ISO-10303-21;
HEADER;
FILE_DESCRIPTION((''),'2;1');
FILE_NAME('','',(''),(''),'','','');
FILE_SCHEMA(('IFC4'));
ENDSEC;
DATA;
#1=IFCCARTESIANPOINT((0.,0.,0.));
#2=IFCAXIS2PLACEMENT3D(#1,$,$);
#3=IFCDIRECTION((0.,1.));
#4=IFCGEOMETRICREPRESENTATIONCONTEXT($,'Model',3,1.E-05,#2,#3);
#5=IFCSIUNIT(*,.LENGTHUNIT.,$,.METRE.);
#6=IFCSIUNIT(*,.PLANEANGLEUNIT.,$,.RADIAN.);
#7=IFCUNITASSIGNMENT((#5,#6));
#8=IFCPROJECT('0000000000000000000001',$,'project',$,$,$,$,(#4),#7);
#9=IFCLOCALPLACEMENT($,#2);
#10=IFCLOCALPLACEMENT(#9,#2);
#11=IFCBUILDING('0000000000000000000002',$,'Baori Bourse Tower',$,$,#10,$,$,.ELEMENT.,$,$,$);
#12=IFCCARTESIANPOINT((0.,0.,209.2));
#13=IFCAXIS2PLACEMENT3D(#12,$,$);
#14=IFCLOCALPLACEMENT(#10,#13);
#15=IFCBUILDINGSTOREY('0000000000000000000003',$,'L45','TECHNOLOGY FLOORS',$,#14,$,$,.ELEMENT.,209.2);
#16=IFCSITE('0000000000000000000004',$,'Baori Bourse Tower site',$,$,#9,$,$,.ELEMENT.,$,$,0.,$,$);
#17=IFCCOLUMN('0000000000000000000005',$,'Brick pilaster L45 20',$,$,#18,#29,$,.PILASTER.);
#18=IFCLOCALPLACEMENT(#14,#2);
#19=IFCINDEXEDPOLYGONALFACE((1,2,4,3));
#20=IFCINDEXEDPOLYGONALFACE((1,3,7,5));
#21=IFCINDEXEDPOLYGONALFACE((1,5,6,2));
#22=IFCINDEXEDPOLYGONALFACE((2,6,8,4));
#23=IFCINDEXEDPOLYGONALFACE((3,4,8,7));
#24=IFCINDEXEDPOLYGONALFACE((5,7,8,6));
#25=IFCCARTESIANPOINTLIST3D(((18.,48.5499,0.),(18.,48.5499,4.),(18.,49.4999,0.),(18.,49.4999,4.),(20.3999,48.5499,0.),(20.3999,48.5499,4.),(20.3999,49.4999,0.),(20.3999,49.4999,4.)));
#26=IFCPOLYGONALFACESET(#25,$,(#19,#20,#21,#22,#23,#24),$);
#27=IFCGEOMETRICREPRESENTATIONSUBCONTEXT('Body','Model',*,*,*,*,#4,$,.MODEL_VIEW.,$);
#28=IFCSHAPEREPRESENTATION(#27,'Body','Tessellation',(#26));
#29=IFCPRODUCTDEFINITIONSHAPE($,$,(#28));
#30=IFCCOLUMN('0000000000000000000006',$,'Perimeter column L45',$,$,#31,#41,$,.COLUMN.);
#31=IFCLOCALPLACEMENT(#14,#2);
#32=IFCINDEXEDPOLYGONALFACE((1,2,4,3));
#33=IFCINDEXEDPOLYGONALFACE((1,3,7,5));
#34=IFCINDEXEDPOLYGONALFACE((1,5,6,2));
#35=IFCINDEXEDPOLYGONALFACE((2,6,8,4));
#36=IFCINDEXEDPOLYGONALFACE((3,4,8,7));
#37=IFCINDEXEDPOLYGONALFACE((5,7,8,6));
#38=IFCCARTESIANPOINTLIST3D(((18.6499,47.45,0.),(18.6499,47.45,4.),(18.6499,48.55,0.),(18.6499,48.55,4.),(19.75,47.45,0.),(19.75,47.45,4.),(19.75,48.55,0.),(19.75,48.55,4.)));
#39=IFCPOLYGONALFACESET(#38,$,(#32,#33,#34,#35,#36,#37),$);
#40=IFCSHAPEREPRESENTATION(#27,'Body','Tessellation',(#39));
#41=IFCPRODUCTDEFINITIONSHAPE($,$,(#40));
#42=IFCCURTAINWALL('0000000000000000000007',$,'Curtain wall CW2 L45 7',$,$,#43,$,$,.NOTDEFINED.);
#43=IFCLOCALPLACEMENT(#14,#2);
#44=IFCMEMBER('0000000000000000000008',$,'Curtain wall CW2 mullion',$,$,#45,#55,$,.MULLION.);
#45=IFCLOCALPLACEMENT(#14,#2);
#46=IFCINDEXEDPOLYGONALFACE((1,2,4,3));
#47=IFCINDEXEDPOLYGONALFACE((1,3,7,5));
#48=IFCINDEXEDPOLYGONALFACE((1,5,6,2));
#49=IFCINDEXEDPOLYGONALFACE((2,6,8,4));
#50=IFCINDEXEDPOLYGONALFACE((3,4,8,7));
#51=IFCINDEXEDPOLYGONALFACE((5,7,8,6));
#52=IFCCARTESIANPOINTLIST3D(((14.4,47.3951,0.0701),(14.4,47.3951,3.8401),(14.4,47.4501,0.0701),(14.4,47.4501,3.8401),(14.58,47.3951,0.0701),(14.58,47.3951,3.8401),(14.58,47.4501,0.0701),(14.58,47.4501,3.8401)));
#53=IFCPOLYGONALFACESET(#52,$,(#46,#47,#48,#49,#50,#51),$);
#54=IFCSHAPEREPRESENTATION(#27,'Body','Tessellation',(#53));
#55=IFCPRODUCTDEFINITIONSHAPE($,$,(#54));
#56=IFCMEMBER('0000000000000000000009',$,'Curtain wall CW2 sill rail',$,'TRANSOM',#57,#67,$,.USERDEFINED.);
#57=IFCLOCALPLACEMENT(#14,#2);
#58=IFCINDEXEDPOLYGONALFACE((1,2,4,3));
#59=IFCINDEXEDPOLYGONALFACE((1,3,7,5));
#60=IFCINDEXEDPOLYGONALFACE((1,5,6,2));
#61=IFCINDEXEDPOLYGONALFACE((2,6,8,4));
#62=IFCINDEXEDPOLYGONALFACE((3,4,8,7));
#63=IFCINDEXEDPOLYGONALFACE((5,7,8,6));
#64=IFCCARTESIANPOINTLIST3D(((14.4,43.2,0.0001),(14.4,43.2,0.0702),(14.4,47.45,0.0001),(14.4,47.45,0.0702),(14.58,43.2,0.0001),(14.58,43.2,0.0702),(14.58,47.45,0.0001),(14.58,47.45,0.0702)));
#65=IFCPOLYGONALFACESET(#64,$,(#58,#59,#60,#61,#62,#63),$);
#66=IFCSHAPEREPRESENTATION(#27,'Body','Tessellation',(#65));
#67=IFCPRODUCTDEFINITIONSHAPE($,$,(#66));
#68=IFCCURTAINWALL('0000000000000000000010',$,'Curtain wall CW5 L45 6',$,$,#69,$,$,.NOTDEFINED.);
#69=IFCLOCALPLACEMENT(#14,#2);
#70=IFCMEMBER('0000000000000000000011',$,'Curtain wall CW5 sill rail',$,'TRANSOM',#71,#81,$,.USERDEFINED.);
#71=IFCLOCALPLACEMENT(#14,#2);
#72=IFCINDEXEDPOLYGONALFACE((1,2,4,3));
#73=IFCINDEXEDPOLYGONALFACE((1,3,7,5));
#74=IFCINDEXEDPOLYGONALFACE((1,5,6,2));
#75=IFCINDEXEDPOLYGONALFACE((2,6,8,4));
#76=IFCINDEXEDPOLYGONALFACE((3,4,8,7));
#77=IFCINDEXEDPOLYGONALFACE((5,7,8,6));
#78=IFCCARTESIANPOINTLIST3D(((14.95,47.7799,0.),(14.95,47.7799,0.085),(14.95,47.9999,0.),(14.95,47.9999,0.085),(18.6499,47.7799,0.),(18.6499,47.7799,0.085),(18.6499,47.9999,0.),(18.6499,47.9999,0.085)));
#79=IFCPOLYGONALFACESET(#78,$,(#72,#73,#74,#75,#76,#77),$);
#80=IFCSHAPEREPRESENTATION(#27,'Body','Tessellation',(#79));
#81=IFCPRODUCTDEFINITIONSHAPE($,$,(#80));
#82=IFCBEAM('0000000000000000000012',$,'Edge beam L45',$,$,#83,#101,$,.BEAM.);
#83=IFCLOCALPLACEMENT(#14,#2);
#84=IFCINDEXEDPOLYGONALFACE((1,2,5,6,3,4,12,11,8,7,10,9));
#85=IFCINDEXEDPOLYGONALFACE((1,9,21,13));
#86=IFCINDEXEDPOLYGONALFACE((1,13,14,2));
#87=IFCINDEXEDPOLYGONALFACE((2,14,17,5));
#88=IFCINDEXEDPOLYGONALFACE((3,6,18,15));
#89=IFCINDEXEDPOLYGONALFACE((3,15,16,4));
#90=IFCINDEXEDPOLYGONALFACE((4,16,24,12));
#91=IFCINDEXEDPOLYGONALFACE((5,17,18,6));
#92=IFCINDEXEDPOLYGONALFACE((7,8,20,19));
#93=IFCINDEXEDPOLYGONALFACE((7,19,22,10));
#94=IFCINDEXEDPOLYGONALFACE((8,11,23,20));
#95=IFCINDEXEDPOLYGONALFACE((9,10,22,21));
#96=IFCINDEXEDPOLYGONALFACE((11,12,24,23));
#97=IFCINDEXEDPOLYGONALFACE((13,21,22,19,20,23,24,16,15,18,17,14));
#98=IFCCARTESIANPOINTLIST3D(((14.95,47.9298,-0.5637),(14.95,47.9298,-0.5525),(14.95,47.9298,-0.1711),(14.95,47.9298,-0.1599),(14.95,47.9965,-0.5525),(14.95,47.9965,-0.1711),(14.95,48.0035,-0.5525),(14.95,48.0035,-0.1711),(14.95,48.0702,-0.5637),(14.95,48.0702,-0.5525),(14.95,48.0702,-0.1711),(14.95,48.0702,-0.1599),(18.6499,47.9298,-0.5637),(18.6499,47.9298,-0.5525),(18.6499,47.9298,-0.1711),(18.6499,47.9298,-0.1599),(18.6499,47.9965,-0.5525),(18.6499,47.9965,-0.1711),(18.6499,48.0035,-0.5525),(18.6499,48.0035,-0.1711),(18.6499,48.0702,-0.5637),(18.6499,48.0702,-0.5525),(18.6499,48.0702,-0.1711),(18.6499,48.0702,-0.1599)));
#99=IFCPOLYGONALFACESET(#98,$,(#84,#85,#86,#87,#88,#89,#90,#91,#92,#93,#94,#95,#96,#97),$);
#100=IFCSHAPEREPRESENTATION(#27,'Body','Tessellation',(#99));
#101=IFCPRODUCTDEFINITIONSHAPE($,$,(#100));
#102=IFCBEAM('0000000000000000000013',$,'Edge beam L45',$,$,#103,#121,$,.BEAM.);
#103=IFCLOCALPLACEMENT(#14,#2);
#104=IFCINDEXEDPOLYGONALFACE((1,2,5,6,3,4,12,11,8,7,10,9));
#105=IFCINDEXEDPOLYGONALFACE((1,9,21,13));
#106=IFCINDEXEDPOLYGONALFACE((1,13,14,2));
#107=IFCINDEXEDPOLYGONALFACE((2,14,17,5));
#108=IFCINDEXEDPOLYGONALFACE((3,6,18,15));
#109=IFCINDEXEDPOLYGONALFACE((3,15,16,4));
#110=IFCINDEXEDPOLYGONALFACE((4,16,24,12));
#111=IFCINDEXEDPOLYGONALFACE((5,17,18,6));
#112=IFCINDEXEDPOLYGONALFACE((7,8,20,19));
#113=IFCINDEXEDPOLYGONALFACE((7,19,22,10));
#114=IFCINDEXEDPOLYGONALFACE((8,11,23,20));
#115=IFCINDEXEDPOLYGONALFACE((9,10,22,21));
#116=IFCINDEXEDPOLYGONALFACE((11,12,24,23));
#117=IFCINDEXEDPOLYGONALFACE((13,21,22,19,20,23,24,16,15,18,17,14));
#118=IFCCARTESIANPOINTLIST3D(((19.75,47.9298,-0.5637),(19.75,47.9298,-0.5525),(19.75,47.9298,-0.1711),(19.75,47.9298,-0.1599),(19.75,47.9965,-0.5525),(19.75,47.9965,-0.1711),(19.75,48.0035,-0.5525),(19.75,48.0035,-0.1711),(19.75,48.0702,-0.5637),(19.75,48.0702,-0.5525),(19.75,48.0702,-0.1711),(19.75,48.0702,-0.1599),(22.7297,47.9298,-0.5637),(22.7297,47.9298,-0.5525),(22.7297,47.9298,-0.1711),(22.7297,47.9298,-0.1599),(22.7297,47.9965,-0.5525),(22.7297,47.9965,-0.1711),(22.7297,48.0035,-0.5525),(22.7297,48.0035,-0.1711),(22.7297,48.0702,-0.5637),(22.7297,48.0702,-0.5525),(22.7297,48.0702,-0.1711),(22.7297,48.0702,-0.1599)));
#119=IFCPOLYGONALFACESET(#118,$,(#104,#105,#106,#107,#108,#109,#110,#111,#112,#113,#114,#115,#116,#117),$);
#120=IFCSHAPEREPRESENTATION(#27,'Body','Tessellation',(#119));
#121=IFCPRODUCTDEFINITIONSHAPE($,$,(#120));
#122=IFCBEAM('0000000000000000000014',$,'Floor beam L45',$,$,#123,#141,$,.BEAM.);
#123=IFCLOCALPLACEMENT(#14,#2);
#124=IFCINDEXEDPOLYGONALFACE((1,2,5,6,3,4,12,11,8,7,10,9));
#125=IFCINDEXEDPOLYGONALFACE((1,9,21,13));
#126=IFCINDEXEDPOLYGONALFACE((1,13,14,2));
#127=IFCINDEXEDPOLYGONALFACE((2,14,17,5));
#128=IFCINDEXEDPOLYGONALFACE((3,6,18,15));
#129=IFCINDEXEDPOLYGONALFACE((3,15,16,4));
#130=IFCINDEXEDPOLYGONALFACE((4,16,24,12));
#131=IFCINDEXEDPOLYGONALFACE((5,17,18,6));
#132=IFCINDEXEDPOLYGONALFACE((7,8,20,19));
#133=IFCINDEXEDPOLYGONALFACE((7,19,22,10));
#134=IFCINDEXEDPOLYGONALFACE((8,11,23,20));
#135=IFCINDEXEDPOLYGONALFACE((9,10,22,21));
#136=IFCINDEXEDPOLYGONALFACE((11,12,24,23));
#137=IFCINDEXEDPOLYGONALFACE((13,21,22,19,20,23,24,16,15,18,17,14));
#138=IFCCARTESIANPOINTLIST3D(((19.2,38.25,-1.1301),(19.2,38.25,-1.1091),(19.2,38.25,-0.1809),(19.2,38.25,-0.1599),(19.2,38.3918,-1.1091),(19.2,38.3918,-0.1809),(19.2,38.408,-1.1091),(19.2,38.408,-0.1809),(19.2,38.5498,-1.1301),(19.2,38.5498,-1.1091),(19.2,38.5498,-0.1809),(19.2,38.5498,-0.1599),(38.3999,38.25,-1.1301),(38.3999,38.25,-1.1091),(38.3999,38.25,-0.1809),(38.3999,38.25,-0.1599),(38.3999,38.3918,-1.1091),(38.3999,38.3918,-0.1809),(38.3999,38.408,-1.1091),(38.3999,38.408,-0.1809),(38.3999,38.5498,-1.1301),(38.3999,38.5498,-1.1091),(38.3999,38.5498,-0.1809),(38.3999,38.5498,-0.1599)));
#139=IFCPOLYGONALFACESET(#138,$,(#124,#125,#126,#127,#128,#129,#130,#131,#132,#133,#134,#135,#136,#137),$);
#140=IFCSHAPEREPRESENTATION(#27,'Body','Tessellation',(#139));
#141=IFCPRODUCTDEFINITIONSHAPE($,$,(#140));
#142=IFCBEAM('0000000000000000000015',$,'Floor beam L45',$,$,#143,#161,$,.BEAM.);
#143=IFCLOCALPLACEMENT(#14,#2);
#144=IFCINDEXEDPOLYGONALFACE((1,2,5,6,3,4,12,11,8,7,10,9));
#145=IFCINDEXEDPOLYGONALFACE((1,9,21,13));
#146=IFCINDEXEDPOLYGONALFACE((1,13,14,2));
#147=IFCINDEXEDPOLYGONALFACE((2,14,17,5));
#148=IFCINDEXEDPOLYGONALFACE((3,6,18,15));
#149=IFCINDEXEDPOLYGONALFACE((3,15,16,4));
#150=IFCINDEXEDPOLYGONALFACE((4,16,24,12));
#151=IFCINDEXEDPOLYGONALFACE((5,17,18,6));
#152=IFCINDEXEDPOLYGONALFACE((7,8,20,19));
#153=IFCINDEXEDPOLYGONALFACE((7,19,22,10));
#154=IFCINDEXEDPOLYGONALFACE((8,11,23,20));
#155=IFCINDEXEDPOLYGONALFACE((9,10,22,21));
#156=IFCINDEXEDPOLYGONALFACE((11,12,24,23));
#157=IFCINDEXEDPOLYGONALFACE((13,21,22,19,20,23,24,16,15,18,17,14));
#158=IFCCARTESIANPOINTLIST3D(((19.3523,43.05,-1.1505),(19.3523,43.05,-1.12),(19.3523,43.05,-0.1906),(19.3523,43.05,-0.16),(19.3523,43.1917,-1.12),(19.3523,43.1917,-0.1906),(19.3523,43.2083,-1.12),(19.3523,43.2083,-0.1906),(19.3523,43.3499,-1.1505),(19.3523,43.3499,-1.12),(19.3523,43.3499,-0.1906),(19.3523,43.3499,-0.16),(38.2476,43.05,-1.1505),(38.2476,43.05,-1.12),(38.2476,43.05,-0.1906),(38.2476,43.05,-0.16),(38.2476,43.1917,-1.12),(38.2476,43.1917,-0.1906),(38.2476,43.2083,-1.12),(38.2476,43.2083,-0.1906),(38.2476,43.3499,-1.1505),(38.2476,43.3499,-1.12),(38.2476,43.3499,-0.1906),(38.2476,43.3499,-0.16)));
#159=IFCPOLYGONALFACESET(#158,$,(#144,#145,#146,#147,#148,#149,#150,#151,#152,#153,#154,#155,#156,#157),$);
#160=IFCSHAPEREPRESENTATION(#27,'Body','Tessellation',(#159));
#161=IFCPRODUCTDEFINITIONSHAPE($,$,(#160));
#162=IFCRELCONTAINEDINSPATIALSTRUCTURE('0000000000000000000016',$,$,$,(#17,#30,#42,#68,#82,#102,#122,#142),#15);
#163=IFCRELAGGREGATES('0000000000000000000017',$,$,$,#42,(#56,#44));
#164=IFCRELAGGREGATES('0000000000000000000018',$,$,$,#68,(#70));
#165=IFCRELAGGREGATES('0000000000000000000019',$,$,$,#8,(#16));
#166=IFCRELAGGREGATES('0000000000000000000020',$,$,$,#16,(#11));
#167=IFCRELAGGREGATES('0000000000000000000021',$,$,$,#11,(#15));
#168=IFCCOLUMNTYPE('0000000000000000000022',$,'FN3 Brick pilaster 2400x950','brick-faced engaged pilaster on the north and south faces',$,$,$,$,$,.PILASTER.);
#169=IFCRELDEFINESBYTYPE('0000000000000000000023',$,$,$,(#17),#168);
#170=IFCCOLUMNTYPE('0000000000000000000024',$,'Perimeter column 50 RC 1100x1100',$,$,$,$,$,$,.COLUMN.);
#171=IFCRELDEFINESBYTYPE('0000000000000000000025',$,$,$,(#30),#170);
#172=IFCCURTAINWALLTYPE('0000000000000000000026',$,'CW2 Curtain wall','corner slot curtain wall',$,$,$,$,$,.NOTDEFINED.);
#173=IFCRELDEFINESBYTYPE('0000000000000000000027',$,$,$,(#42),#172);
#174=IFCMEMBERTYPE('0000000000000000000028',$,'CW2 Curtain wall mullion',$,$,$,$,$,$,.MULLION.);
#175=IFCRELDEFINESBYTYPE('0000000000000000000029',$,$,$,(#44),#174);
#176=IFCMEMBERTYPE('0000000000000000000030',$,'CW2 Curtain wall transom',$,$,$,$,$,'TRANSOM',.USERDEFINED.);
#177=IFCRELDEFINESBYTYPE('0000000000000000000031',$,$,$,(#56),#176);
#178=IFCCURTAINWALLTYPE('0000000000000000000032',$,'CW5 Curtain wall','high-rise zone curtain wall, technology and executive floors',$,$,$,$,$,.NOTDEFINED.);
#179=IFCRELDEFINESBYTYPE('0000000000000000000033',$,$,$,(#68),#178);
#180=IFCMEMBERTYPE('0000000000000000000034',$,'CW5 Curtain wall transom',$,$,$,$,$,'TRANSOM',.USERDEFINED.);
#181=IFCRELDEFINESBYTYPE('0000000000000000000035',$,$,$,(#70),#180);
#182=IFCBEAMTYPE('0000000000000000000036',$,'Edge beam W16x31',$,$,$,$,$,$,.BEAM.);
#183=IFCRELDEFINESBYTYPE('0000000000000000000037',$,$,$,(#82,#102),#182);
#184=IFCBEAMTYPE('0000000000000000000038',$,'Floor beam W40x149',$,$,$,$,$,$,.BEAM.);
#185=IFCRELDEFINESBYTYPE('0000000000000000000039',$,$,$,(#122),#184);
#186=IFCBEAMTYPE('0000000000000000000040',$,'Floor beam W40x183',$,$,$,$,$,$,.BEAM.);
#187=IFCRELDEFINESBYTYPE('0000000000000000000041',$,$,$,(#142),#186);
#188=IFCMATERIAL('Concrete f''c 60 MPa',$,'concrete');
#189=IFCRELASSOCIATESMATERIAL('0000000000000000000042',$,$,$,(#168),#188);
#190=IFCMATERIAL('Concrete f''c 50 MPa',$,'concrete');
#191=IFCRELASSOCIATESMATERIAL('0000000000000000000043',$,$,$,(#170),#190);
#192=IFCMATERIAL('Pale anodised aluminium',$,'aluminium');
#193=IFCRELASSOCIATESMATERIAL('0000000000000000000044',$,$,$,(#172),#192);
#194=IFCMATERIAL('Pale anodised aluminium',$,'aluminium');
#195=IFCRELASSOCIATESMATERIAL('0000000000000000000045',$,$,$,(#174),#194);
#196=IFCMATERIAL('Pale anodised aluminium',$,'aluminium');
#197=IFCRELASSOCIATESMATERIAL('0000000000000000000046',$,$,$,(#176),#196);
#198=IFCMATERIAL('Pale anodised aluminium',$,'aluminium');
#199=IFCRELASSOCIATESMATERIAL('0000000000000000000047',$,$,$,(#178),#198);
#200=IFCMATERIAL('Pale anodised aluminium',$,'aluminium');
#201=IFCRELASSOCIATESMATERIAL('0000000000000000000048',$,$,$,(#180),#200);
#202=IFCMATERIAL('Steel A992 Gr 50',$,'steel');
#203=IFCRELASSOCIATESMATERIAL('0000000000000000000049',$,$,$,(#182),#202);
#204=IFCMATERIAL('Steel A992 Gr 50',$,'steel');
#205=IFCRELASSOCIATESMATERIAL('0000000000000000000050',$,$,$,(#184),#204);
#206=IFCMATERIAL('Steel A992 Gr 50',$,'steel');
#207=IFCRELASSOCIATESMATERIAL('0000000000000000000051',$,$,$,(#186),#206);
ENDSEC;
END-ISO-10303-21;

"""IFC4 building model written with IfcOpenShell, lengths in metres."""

from ifc_helpers import new_model, si_unit, direction, frame, origin, origin_2d, place, context, subcontext, project, spatial, rectangle, i_section, extrude, material, material_profile, profile_set, type_object, element, aggregate, save


model = new_model("IFC4")

# Units and contexts
model_context = context("Model", 3, precision=1e-05, world=origin(), true_north=direction((0.0, 1.0)))
body_context = subcontext(model_context, "Body", "Model", "MODEL_VIEW")
ifc_project = project(units=[si_unit("LENGTHUNIT", "METRE"), si_unit("PLANEANGLEUNIT", "RADIAN")], contexts=[model_context])

# Site, building, storey
site_placement = place(None, origin())
site = spatial("IfcSite", under=ifc_project, at=site_placement, Name="Baori Bourse Tower site", CompositionType="ELEMENT", RefElevation=0.0)
building_placement = place(site_placement, origin())
building = spatial("IfcBuilding", under=site, at=building_placement, Name="Baori Bourse Tower", CompositionType="ELEMENT")
storey_placement = place(building_placement, frame((0.0, 0.0, 209.2)))
storey = spatial("IfcBuildingStorey", under=building, at=storey_placement, Name="L45", Description="TECHNOLOGY FLOORS", CompositionType="ELEMENT", Elevation=209.2)

# Columns
ifc_material_1 = material(Name="Concrete f'c 60 MPa", Category="concrete")
ifc_material_profile_1 = material_profile(ifc_material_1, rectangle(XDim=2.3999, YDim=0.95, at=origin_2d()), Name="RC 2400x950")
ifc_profile_set_1 = profile_set([ifc_material_profile_1], Name="Concrete f'c 60 MPa")
column_type_1 = type_object("IfcColumnType", Name="FN3 Brick pilaster 2400x950", Description="brick-faced engaged pilaster on the north and south faces", PredefinedType="PILASTER", material=ifc_profile_set_1)
column_1_placement = place(storey_placement, frame((19.2, 49.0249, 0.0), z_axis=(0.0, 0.0, 1.0), x_axis=(1.0, 0.0, 0.0)))
element("IfcColumn", 1, at=column_1_placement, inside=storey, type_object=column_type_1, Name="Brick pilaster L45 20", PredefinedType="PILASTER", context=body_context, shape_type="SweptSolid", body=[
    extrude(rectangle(XDim=2.3999, YDim=0.95, at=origin_2d()), origin(), (0.0, 0.0, 1.0), 4.0),
])
ifc_material_2 = material(Name="Concrete f'c 50 MPa", Category="concrete")
ifc_material_profile_2 = material_profile(ifc_material_2, rectangle(XDim=1.1001, YDim=1.1001, at=origin_2d()), Name="RC 1100x1100")
ifc_profile_set_2 = profile_set([ifc_material_profile_2], Name="Concrete f'c 50 MPa")
column_type_2 = type_object("IfcColumnType", Name="Perimeter column 50 RC 1100x1100", PredefinedType="COLUMN", material=ifc_profile_set_2)
column_2_placement = place(storey_placement, frame((19.2, 48.0, 0.0), z_axis=(0.0, 0.0, 1.0), x_axis=(1.0, 0.0, 0.0)))
element("IfcColumn", 2, at=column_2_placement, inside=storey, type_object=column_type_2, Name="Perimeter column L45", PredefinedType="COLUMN", context=body_context, shape_type="SweptSolid", body=[
    extrude(rectangle(XDim=1.1001, YDim=1.1001, at=origin_2d()), origin(), (0.0, 0.0, 1.0), 4.0),
])

# Curtain wall, members
ifc_material_3 = material(Name="Pale anodised aluminium", Category="aluminium")
curtain_wall_type_1 = type_object("IfcCurtainWallType", Name="CW2 Curtain wall", Description="corner slot curtain wall", PredefinedType="NOTDEFINED", material=ifc_material_3)
curtain_wall_1_placement = place(storey_placement, origin())
curtain_wall_1 = element("IfcCurtainWall", 3, at=curtain_wall_1_placement, inside=storey, type_object=curtain_wall_type_1, Name="Curtain wall CW2 L45 7", PredefinedType="NOTDEFINED")
ifc_material_4 = material(Name="Pale anodised aluminium", Category="aluminium")
ifc_material_profile_3 = material_profile(ifc_material_4, rectangle(XDim=0.1799, YDim=0.0549, at=origin_2d()), Name="Mullion 55x180")
ifc_profile_set_3 = profile_set([ifc_material_profile_3], Name="Pale anodised aluminium")
member_type_1 = type_object("IfcMemberType", Name="CW2 Curtain wall mullion", PredefinedType="MULLION", material=ifc_profile_set_3)
member_1_placement = place(storey_placement, frame((14.49, 47.4226, 0.0701), z_axis=(0.0, 0.0, 1.0), x_axis=(1.0, 0.0, 0.0)))
member_1 = element("IfcMember", 4, at=member_1_placement, type_object=member_type_1, Name="Curtain wall CW2 mullion", PredefinedType="MULLION", context=body_context, shape_type="SweptSolid", body=[
    extrude(rectangle(XDim=0.1799, YDim=0.0549, at=origin_2d()), origin(), (0.0, 0.0, 1.0), 3.77),
])
ifc_material_5 = material(Name="Pale anodised aluminium", Category="aluminium")
ifc_material_profile_4 = material_profile(ifc_material_5, rectangle(XDim=0.1799, YDim=0.0701, at=origin_2d()), Name="Transom 70x180")
ifc_profile_set_4 = profile_set([ifc_material_profile_4], Name="Pale anodised aluminium")
member_type_2 = type_object("IfcMemberType", Name="CW2 Curtain wall transom", ElementType="TRANSOM", PredefinedType="USERDEFINED", material=ifc_profile_set_4)
member_2_placement = place(storey_placement, frame((14.49, 47.45, 0.0352), z_axis=(0.0, -1.0, 0.0), x_axis=(1.0, 0.0, 0.0)))
member_2 = element("IfcMember", 5, at=member_2_placement, type_object=member_type_2, Name="Curtain wall CW2 sill rail", ObjectType="TRANSOM", PredefinedType="USERDEFINED", context=body_context, shape_type="SweptSolid", body=[
    extrude(rectangle(XDim=0.1799, YDim=0.0701, at=origin_2d()), origin(), (0.0, 0.0, 1.0), 4.25),
])
aggregate(curtain_wall_1, [member_2, member_1])

# Curtain wall, member
ifc_material_6 = material(Name="Pale anodised aluminium", Category="aluminium")
curtain_wall_type_2 = type_object("IfcCurtainWallType", Name="CW5 Curtain wall", Description="high-rise zone curtain wall, technology and executive floors", PredefinedType="NOTDEFINED", material=ifc_material_6)
curtain_wall_2_placement = place(storey_placement, origin())
curtain_wall_2 = element("IfcCurtainWall", 6, at=curtain_wall_2_placement, inside=storey, type_object=curtain_wall_type_2, Name="Curtain wall CW5 L45 6", PredefinedType="NOTDEFINED")
ifc_material_7 = material(Name="Pale anodised aluminium", Category="aluminium")
ifc_material_profile_5 = material_profile(ifc_material_7, rectangle(XDim=0.22, YDim=0.085, at=origin_2d()), Name="Transom 85x220")
ifc_profile_set_5 = profile_set([ifc_material_profile_5], Name="Pale anodised aluminium")
member_type_3 = type_object("IfcMemberType", Name="CW5 Curtain wall transom", ElementType="TRANSOM", PredefinedType="USERDEFINED", material=ifc_profile_set_5)
member_3_placement = place(storey_placement, frame((18.6499, 47.8899, 0.0425), z_axis=(-1.0, 0.0, 0.0), x_axis=(0.0, -1.0, 0.0)))
member_3 = element("IfcMember", 7, at=member_3_placement, type_object=member_type_3, Name="Curtain wall CW5 sill rail", ObjectType="TRANSOM", PredefinedType="USERDEFINED", context=body_context, shape_type="SweptSolid", body=[
    extrude(rectangle(XDim=0.22, YDim=0.085, at=origin_2d()), origin(), (0.0, 0.0, 1.0), 3.7),
])

# Beams
ifc_material_8 = material(Name="Steel A992 Gr 50", Category="steel")
ifc_material_profile_6 = material_profile(ifc_material_8, i_section(OverallWidth=0.1404, OverallDepth=0.4038, WebThickness=0.0071, FlangeThickness=0.0112, at=origin_2d()), Name="W16x31")
ifc_profile_set_6 = profile_set([ifc_material_profile_6], Name="Steel A992 Gr 50")
beam_type_1 = type_object("IfcBeamType", Name="Edge beam W16x31", PredefinedType="BEAM", material=ifc_profile_set_6)
beam_1_placement = place(storey_placement, frame((14.95, 48.0, -0.3618), z_axis=(1.0, 0.0, 0.0), x_axis=(0.0, 1.0, 0.0)))
element("IfcBeam", 8, at=beam_1_placement, inside=storey, type_object=beam_type_1, Name="Edge beam L45", PredefinedType="BEAM", context=body_context, shape_type="SweptSolid", body=[
    extrude(i_section(OverallWidth=0.1404, OverallDepth=0.4038, WebThickness=0.0071, FlangeThickness=0.0112, at=origin_2d()), origin(), (0.0, 0.0, 1.0), 3.7),
])
beam_2_placement = place(storey_placement, frame((19.75, 48.0, -0.3618), z_axis=(1.0, 0.0, 0.0), x_axis=(0.0, 1.0, 0.0)))
element("IfcBeam", 9, at=beam_2_placement, inside=storey, type_object=beam_type_1, Name="Edge beam L45", PredefinedType="BEAM", context=body_context, shape_type="SweptSolid", body=[
    extrude(i_section(OverallWidth=0.1404, OverallDepth=0.4038, WebThickness=0.0071, FlangeThickness=0.0112, at=origin_2d()), origin(), (0.0, 0.0, 1.0), 2.9797),
])
ifc_material_9 = material(Name="Steel A992 Gr 50", Category="steel")
ifc_material_profile_7 = material_profile(ifc_material_9, i_section(OverallWidth=0.2998, OverallDepth=0.9702, WebThickness=0.0161, FlangeThickness=0.021, at=origin_2d()), Name="W40x149")
ifc_profile_set_7 = profile_set([ifc_material_profile_7], Name="Steel A992 Gr 50")
beam_type_2 = type_object("IfcBeamType", Name="Floor beam W40x149", PredefinedType="BEAM", material=ifc_profile_set_7)
beam_3_placement = place(storey_placement, frame((19.2, 38.3999, -0.645), z_axis=(1.0, 0.0, 0.0), x_axis=(0.0, 1.0, 0.0)))
element("IfcBeam", 10, at=beam_3_placement, inside=storey, type_object=beam_type_2, Name="Floor beam L45", PredefinedType="BEAM", context=body_context, shape_type="SweptSolid", body=[
    extrude(i_section(OverallWidth=0.2998, OverallDepth=0.9702, WebThickness=0.0161, FlangeThickness=0.021, at=origin_2d()), origin(), (0.0, 0.0, 1.0), 19.2),
])
ifc_material_10 = material(Name="Steel A992 Gr 50", Category="steel")
ifc_material_profile_8 = material_profile(ifc_material_10, i_section(OverallWidth=0.2998, OverallDepth=0.9905, WebThickness=0.0166, FlangeThickness=0.0305, at=origin_2d()), Name="W40x183")
ifc_profile_set_8 = profile_set([ifc_material_profile_8], Name="Steel A992 Gr 50")
beam_type_3 = type_object("IfcBeamType", Name="Floor beam W40x183", PredefinedType="BEAM", material=ifc_profile_set_8)
beam_4_placement = place(storey_placement, frame((19.3523, 43.2, -0.6553), z_axis=(1.0, 0.0, 0.0), x_axis=(0.0, 1.0, 0.0)))
element("IfcBeam", 11, at=beam_4_placement, inside=storey, type_object=beam_type_3, Name="Floor beam L45", PredefinedType="BEAM", context=body_context, shape_type="SweptSolid", body=[
    extrude(i_section(OverallWidth=0.2998, OverallDepth=0.9905, WebThickness=0.0166, FlangeThickness=0.0305, at=origin_2d()), origin(), (0.0, 0.0, 1.0), 18.8953),
])

aggregate(curtain_wall_2, [member_3])

save(model, "model.ifc")
